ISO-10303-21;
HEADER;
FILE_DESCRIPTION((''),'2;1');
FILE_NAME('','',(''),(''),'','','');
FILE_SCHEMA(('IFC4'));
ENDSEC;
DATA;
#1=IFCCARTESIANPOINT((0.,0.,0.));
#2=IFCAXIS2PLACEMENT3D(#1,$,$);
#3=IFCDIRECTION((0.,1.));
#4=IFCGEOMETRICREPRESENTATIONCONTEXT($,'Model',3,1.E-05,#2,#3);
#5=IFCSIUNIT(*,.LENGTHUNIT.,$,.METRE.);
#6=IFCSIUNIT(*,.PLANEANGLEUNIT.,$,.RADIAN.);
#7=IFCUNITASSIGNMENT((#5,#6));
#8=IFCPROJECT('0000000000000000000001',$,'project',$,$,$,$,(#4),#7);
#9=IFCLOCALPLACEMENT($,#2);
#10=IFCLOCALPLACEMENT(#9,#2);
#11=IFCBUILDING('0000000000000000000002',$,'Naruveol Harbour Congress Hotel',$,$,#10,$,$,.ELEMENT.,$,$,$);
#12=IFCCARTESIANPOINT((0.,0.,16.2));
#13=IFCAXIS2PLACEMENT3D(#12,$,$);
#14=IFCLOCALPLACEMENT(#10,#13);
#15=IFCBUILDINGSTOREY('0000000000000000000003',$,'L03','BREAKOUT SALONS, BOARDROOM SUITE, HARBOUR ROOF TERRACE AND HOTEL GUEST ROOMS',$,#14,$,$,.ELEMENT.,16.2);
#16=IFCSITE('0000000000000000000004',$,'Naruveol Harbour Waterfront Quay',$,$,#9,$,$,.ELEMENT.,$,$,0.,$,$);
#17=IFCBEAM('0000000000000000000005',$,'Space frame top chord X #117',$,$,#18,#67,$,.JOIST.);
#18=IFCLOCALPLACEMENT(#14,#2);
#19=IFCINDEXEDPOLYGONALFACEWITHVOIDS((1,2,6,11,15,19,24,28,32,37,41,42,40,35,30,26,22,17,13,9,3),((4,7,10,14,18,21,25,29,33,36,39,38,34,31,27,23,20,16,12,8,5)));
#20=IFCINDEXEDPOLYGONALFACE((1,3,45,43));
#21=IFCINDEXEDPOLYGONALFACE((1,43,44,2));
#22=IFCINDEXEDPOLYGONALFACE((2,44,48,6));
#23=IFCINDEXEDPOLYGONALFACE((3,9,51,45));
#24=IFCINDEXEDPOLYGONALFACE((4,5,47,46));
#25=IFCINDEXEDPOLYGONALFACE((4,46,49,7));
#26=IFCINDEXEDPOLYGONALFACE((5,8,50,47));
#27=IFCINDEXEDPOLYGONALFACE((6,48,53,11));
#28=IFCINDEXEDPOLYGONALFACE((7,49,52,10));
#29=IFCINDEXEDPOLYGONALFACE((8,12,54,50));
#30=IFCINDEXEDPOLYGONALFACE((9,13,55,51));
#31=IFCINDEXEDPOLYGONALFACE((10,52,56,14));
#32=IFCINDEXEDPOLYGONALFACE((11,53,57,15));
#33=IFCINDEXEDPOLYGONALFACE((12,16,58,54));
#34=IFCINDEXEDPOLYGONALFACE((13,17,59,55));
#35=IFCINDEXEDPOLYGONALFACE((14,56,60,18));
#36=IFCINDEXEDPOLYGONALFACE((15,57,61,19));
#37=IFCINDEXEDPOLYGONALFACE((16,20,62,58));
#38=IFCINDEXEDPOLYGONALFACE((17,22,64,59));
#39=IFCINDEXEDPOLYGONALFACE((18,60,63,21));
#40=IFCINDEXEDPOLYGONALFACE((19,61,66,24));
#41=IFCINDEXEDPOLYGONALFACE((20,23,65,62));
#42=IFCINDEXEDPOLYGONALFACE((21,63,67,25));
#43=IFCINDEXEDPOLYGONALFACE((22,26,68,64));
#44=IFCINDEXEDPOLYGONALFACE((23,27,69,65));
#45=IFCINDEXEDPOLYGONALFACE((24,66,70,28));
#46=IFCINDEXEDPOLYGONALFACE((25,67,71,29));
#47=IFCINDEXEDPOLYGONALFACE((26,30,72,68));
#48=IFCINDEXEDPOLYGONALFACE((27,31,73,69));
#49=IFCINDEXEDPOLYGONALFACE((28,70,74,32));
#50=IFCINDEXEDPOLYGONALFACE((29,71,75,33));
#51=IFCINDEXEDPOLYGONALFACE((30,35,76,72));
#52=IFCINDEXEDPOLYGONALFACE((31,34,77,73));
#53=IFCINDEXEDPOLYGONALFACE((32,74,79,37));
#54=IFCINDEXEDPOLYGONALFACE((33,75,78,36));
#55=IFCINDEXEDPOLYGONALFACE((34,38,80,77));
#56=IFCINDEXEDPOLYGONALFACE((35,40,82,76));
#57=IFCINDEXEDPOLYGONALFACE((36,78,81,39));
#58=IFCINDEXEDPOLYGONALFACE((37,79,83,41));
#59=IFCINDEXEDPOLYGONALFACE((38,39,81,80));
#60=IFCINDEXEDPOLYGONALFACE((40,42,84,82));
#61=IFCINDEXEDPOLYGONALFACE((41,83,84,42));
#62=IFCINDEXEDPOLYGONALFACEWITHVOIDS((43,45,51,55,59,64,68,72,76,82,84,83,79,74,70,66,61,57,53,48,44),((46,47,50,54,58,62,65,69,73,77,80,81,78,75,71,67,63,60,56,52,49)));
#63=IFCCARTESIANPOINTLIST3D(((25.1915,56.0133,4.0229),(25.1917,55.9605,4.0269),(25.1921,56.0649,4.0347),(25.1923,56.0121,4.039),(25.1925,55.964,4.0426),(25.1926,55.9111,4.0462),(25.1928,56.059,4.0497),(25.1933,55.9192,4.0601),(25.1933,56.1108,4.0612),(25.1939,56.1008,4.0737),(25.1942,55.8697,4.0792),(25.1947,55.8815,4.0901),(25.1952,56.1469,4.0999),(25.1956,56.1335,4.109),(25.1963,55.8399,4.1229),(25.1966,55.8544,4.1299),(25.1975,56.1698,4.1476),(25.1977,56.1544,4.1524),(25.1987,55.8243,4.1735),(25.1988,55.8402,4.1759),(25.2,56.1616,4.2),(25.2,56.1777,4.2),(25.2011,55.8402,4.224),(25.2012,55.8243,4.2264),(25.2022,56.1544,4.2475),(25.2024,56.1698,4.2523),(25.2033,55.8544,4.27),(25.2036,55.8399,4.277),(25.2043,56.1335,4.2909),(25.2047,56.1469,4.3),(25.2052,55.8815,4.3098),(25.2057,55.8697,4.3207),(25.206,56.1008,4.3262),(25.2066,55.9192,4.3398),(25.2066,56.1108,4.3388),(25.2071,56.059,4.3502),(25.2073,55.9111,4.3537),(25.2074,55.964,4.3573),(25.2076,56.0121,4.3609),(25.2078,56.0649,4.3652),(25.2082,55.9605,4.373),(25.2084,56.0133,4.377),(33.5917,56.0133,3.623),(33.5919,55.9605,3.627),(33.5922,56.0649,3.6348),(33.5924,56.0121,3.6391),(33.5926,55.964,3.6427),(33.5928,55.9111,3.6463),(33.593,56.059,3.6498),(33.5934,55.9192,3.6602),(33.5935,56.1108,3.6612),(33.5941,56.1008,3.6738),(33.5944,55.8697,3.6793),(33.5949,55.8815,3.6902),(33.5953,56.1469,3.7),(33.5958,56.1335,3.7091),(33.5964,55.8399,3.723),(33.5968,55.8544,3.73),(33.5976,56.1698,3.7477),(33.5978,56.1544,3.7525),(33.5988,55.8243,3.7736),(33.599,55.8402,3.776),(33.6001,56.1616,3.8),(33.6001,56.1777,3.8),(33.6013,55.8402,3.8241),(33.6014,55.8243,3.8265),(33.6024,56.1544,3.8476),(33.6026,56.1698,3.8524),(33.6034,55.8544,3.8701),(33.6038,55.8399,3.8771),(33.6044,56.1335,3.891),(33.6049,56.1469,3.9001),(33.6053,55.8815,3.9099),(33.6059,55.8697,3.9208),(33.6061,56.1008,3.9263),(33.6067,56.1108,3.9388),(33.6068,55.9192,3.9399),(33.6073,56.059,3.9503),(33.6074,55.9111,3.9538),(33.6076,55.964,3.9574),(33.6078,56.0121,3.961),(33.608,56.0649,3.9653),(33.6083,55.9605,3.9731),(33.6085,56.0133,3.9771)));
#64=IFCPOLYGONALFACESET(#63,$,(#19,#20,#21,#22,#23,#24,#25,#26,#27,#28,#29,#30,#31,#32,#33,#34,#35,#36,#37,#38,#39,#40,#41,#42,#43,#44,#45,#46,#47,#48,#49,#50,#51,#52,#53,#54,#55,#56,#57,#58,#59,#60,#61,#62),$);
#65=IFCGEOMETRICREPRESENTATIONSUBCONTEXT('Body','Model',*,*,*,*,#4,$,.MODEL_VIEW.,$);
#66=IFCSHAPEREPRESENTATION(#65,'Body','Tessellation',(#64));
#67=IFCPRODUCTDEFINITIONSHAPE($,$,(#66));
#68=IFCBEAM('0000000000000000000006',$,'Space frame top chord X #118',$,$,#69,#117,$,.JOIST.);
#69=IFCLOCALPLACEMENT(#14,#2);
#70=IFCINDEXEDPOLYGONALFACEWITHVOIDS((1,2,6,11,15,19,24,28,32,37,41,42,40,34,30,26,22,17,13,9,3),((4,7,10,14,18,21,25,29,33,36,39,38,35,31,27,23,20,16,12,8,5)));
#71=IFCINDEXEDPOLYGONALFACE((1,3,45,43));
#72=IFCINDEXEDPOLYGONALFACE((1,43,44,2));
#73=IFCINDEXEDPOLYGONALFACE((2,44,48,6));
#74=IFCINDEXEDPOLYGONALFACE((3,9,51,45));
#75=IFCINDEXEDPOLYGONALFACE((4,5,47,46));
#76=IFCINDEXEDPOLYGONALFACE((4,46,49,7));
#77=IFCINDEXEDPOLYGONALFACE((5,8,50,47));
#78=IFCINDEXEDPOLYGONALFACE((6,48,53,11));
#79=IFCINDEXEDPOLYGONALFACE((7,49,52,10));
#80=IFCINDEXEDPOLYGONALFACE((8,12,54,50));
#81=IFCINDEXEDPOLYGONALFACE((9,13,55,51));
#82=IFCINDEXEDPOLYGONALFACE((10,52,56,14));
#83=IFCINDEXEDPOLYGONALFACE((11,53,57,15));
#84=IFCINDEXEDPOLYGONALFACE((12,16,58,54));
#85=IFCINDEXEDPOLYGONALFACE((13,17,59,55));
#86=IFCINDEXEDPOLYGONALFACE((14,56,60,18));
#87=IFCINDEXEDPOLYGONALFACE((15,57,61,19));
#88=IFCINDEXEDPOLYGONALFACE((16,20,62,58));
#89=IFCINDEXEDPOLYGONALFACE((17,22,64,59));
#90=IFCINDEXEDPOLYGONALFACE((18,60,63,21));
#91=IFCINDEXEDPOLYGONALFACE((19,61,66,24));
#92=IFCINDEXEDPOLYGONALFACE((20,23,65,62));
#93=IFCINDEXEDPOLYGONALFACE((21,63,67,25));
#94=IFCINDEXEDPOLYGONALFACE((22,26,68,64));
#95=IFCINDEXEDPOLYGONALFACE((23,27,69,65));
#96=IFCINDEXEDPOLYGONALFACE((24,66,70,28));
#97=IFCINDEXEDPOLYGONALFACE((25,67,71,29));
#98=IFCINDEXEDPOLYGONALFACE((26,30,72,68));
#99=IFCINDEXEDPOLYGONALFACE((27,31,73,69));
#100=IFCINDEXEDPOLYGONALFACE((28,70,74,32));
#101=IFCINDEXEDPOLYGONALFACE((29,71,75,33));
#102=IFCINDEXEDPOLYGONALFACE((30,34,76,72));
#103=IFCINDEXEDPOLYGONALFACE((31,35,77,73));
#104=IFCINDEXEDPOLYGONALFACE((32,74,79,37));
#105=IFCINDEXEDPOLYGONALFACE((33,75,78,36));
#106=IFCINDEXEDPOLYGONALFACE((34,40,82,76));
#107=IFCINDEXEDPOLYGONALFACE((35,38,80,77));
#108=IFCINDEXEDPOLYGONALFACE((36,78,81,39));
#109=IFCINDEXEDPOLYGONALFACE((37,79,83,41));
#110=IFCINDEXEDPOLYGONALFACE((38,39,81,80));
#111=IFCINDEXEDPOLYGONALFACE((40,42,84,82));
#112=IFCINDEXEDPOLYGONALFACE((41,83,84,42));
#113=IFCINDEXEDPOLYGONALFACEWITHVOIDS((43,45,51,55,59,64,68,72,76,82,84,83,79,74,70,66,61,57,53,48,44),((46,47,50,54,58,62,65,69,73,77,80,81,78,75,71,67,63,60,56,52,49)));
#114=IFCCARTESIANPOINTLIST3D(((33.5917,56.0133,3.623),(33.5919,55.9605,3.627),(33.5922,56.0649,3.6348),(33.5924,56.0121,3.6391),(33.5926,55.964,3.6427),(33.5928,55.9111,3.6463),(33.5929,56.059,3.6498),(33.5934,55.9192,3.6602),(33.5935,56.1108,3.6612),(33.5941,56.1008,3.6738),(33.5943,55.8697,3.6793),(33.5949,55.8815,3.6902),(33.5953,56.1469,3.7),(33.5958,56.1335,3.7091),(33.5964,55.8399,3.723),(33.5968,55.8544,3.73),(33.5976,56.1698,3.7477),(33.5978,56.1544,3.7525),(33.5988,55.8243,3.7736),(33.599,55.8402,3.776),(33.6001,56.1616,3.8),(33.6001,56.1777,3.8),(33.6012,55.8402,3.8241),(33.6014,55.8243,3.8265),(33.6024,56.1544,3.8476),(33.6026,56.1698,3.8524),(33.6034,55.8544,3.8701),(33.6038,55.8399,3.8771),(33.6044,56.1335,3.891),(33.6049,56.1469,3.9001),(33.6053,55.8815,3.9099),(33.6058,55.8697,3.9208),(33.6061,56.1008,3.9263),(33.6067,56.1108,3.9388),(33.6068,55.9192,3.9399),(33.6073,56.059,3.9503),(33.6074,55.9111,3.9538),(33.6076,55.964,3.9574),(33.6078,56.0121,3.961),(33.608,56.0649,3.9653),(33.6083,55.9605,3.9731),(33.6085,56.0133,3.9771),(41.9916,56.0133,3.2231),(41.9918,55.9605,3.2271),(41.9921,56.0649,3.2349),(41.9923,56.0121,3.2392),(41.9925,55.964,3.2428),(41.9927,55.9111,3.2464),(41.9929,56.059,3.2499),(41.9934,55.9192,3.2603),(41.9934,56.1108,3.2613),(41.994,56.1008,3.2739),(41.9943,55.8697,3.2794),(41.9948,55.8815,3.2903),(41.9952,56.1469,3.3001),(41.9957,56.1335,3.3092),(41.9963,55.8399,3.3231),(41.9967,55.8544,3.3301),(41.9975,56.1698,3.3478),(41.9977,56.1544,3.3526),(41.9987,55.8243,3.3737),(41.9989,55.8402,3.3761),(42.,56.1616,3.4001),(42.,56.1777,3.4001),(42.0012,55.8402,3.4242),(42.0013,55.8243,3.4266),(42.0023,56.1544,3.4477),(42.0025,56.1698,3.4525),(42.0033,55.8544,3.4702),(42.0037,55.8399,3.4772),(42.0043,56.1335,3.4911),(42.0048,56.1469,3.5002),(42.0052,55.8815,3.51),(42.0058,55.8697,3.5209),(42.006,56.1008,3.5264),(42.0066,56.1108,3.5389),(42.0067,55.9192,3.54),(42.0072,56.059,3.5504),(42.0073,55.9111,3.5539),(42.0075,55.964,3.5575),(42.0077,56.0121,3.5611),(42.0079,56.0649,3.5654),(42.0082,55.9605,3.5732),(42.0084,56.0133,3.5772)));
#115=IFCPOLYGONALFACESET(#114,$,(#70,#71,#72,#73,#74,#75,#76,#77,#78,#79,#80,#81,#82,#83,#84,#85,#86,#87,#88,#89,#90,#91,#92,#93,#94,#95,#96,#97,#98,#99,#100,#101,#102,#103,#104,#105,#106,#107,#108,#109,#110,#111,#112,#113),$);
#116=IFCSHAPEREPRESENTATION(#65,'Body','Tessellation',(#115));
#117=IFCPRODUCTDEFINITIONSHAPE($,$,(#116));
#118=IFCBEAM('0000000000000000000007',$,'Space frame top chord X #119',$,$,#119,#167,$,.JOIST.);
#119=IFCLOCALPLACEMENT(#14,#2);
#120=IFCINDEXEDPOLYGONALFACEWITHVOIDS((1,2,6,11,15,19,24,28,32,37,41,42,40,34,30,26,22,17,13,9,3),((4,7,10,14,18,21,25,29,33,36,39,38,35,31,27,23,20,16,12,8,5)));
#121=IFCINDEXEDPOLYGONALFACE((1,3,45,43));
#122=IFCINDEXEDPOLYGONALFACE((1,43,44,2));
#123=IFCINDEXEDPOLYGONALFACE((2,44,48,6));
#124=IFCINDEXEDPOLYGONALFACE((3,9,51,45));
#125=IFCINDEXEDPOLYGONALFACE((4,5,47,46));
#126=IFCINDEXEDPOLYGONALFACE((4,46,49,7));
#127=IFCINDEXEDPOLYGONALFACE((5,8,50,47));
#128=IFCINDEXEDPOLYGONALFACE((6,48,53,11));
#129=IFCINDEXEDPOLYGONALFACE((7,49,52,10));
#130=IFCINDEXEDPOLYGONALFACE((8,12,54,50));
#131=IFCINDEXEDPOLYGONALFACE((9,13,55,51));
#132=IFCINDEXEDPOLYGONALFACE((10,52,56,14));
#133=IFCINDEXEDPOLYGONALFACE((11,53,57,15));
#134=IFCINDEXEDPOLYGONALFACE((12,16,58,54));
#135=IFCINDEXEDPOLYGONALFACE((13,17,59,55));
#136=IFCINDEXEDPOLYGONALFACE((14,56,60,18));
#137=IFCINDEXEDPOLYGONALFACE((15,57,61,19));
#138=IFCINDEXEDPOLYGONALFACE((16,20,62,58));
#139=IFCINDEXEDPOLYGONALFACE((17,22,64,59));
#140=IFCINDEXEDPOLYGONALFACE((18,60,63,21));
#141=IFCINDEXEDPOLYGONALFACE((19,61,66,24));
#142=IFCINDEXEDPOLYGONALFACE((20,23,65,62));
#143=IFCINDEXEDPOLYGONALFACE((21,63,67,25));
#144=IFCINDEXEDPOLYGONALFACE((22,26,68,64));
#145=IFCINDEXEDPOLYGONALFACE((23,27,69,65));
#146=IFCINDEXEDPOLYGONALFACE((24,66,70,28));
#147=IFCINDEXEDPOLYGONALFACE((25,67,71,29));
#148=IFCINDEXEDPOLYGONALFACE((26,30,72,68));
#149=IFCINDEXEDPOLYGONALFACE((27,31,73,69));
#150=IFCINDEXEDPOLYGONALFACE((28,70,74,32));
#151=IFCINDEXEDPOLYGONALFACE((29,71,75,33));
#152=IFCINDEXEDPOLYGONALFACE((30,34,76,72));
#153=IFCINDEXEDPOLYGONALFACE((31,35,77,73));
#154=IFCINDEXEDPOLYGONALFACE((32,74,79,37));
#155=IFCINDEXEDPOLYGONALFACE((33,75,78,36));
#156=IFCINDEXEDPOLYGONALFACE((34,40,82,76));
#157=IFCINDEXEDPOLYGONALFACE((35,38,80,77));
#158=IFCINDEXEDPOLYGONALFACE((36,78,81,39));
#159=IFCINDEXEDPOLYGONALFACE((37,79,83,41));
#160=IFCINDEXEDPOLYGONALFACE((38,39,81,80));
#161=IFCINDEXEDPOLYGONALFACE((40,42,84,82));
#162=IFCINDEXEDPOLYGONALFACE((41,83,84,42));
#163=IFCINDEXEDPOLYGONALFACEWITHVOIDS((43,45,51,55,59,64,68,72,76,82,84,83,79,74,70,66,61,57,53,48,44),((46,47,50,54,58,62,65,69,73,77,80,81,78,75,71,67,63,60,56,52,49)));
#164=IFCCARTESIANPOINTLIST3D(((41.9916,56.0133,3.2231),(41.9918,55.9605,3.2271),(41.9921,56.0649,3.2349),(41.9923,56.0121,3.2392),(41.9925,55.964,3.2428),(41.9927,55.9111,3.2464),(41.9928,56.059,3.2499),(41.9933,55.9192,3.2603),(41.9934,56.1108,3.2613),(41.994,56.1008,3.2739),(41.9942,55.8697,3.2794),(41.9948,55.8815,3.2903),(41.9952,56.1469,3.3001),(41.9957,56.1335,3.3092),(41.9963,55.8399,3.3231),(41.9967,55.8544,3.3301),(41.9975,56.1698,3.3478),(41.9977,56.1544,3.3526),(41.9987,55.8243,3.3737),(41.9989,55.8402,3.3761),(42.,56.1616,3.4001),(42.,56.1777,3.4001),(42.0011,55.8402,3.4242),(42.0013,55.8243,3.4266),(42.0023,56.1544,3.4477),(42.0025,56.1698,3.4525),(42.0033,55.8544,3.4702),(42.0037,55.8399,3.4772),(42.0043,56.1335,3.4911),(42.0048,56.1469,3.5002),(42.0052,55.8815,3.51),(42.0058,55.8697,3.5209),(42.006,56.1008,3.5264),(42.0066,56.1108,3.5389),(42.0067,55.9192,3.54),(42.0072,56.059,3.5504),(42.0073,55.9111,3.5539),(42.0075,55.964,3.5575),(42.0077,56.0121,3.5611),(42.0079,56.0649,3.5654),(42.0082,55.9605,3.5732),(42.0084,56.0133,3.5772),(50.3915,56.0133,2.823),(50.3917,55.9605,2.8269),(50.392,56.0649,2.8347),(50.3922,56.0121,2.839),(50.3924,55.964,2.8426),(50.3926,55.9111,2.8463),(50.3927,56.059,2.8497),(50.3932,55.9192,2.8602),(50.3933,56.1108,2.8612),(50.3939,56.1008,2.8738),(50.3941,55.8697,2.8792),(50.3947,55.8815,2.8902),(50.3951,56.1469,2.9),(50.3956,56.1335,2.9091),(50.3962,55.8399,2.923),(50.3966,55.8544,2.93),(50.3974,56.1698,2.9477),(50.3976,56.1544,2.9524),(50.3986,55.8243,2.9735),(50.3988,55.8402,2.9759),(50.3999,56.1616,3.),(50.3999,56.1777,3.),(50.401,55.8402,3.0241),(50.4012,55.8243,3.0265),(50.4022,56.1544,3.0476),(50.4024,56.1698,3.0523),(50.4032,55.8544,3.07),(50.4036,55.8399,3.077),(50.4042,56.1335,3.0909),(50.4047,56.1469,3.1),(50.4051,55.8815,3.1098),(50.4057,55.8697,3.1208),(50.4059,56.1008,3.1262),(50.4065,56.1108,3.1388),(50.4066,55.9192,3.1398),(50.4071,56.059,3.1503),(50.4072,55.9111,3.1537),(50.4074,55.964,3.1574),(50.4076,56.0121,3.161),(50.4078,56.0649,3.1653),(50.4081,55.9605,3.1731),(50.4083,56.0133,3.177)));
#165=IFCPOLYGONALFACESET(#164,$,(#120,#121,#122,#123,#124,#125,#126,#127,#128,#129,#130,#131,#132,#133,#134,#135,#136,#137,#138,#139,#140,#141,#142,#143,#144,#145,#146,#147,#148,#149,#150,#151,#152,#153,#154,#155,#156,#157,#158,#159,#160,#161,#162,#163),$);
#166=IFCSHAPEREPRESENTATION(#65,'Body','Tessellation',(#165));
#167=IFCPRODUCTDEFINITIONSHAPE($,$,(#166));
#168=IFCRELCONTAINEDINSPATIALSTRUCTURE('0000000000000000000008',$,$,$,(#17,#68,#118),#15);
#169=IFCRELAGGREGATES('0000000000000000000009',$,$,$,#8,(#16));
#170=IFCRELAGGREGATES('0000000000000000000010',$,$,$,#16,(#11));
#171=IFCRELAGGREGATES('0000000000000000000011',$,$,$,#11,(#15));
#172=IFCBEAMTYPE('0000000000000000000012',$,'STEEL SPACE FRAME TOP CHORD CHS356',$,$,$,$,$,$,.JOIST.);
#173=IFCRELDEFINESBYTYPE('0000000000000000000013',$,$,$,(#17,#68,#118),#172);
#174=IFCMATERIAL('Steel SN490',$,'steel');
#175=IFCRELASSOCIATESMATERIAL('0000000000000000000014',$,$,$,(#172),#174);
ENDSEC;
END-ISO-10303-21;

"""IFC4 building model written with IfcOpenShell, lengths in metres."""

from ifc_helpers import new_model, si_unit, direction, frame, origin, origin_2d, place, context, subcontext, project, spatial, hollow_circle, extrude, material, material_profile, profile_set, type_object, element, save


model = new_model("IFC4")

# Units and contexts
model_context = context("Model", 3, precision=1e-05, world=origin(), true_north=direction((0.0, 1.0)))
body_context = subcontext(model_context, "Body", "Model", "MODEL_VIEW")
ifc_project = project(units=[si_unit("LENGTHUNIT", "METRE"), si_unit("PLANEANGLEUNIT", "RADIAN")], contexts=[model_context])

# Site, building, storey
site_placement = place(None, origin())
site = spatial("IfcSite", under=ifc_project, at=site_placement, Name="Naruveol Harbour Waterfront Quay", CompositionType="ELEMENT", RefElevation=0.0)
building_placement = place(site_placement, origin())
building = spatial("IfcBuilding", under=site, at=building_placement, Name="Naruveol Harbour Congress Hotel", CompositionType="ELEMENT")
storey_placement = place(building_placement, frame((0.0, 0.0, 16.2)))
storey = spatial("IfcBuildingStorey", under=building, at=storey_placement, Name="L03", Description="BREAKOUT SALONS, BOARDROOM SUITE, HARBOUR ROOF TERRACE AND HOTEL GUEST ROOMS", CompositionType="ELEMENT", Elevation=16.2)

# Beams
ifc_material_1 = material(Name="Steel SN490", Category="steel")
ifc_material_profile_1 = material_profile(ifc_material_1, hollow_circle(Radius=0.1777, WallThickness=0.0161, at=origin_2d()), Name="CHS-355.6x16")
ifc_profile_set_1 = profile_set([ifc_material_profile_1], Name="Steel SN490")
beam_type_1 = type_object("IfcBeamType", Name="STEEL SPACE FRAME TOP CHORD CHS356", PredefinedType="JOIST", material=ifc_profile_set_1)
beam_1_placement = place(storey_placement, frame((25.2, 56.0, 4.2), z_axis=(0.998869, 0.0, -0.047553), x_axis=(0.0, 1.0, 0.0)))
element("IfcBeam", 1, at=beam_1_placement, inside=storey, type_object=beam_type_1, Name="Space frame top chord X #117", PredefinedType="JOIST", context=body_context, shape_type="SweptSolid", body=[
    extrude(hollow_circle(Radius=0.1777, WallThickness=0.0161, at=origin_2d()), origin(), (0.0, 0.0, 1.0), 8.4097),
])
for number, where, z_axis, x_axis, name in (
    (2, (33.6001, 56.0, 3.8), (0.998869, 0.0, -0.047554), (0.0, 1.0, 0.0), "Space frame top chord X #118"),
    (3, (42.0, 56.0, 3.4001), (0.998867, 0.0, -0.047583), (0.0, 1.0, 0.0), "Space frame top chord X #119"),
):
    element("IfcBeam", number, at=place(storey_placement, frame(where, z_axis=z_axis, x_axis=x_axis)), inside=storey, type_object=beam_type_1, Name=name, PredefinedType="JOIST", context=body_context, shape_type="SweptSolid", body=[
        extrude(hollow_circle(Radius=0.1777, WallThickness=0.0161, at=origin_2d()), origin(), (0.0, 0.0, 1.0), 8.4094),
    ])

save(model, "model.ifc")
